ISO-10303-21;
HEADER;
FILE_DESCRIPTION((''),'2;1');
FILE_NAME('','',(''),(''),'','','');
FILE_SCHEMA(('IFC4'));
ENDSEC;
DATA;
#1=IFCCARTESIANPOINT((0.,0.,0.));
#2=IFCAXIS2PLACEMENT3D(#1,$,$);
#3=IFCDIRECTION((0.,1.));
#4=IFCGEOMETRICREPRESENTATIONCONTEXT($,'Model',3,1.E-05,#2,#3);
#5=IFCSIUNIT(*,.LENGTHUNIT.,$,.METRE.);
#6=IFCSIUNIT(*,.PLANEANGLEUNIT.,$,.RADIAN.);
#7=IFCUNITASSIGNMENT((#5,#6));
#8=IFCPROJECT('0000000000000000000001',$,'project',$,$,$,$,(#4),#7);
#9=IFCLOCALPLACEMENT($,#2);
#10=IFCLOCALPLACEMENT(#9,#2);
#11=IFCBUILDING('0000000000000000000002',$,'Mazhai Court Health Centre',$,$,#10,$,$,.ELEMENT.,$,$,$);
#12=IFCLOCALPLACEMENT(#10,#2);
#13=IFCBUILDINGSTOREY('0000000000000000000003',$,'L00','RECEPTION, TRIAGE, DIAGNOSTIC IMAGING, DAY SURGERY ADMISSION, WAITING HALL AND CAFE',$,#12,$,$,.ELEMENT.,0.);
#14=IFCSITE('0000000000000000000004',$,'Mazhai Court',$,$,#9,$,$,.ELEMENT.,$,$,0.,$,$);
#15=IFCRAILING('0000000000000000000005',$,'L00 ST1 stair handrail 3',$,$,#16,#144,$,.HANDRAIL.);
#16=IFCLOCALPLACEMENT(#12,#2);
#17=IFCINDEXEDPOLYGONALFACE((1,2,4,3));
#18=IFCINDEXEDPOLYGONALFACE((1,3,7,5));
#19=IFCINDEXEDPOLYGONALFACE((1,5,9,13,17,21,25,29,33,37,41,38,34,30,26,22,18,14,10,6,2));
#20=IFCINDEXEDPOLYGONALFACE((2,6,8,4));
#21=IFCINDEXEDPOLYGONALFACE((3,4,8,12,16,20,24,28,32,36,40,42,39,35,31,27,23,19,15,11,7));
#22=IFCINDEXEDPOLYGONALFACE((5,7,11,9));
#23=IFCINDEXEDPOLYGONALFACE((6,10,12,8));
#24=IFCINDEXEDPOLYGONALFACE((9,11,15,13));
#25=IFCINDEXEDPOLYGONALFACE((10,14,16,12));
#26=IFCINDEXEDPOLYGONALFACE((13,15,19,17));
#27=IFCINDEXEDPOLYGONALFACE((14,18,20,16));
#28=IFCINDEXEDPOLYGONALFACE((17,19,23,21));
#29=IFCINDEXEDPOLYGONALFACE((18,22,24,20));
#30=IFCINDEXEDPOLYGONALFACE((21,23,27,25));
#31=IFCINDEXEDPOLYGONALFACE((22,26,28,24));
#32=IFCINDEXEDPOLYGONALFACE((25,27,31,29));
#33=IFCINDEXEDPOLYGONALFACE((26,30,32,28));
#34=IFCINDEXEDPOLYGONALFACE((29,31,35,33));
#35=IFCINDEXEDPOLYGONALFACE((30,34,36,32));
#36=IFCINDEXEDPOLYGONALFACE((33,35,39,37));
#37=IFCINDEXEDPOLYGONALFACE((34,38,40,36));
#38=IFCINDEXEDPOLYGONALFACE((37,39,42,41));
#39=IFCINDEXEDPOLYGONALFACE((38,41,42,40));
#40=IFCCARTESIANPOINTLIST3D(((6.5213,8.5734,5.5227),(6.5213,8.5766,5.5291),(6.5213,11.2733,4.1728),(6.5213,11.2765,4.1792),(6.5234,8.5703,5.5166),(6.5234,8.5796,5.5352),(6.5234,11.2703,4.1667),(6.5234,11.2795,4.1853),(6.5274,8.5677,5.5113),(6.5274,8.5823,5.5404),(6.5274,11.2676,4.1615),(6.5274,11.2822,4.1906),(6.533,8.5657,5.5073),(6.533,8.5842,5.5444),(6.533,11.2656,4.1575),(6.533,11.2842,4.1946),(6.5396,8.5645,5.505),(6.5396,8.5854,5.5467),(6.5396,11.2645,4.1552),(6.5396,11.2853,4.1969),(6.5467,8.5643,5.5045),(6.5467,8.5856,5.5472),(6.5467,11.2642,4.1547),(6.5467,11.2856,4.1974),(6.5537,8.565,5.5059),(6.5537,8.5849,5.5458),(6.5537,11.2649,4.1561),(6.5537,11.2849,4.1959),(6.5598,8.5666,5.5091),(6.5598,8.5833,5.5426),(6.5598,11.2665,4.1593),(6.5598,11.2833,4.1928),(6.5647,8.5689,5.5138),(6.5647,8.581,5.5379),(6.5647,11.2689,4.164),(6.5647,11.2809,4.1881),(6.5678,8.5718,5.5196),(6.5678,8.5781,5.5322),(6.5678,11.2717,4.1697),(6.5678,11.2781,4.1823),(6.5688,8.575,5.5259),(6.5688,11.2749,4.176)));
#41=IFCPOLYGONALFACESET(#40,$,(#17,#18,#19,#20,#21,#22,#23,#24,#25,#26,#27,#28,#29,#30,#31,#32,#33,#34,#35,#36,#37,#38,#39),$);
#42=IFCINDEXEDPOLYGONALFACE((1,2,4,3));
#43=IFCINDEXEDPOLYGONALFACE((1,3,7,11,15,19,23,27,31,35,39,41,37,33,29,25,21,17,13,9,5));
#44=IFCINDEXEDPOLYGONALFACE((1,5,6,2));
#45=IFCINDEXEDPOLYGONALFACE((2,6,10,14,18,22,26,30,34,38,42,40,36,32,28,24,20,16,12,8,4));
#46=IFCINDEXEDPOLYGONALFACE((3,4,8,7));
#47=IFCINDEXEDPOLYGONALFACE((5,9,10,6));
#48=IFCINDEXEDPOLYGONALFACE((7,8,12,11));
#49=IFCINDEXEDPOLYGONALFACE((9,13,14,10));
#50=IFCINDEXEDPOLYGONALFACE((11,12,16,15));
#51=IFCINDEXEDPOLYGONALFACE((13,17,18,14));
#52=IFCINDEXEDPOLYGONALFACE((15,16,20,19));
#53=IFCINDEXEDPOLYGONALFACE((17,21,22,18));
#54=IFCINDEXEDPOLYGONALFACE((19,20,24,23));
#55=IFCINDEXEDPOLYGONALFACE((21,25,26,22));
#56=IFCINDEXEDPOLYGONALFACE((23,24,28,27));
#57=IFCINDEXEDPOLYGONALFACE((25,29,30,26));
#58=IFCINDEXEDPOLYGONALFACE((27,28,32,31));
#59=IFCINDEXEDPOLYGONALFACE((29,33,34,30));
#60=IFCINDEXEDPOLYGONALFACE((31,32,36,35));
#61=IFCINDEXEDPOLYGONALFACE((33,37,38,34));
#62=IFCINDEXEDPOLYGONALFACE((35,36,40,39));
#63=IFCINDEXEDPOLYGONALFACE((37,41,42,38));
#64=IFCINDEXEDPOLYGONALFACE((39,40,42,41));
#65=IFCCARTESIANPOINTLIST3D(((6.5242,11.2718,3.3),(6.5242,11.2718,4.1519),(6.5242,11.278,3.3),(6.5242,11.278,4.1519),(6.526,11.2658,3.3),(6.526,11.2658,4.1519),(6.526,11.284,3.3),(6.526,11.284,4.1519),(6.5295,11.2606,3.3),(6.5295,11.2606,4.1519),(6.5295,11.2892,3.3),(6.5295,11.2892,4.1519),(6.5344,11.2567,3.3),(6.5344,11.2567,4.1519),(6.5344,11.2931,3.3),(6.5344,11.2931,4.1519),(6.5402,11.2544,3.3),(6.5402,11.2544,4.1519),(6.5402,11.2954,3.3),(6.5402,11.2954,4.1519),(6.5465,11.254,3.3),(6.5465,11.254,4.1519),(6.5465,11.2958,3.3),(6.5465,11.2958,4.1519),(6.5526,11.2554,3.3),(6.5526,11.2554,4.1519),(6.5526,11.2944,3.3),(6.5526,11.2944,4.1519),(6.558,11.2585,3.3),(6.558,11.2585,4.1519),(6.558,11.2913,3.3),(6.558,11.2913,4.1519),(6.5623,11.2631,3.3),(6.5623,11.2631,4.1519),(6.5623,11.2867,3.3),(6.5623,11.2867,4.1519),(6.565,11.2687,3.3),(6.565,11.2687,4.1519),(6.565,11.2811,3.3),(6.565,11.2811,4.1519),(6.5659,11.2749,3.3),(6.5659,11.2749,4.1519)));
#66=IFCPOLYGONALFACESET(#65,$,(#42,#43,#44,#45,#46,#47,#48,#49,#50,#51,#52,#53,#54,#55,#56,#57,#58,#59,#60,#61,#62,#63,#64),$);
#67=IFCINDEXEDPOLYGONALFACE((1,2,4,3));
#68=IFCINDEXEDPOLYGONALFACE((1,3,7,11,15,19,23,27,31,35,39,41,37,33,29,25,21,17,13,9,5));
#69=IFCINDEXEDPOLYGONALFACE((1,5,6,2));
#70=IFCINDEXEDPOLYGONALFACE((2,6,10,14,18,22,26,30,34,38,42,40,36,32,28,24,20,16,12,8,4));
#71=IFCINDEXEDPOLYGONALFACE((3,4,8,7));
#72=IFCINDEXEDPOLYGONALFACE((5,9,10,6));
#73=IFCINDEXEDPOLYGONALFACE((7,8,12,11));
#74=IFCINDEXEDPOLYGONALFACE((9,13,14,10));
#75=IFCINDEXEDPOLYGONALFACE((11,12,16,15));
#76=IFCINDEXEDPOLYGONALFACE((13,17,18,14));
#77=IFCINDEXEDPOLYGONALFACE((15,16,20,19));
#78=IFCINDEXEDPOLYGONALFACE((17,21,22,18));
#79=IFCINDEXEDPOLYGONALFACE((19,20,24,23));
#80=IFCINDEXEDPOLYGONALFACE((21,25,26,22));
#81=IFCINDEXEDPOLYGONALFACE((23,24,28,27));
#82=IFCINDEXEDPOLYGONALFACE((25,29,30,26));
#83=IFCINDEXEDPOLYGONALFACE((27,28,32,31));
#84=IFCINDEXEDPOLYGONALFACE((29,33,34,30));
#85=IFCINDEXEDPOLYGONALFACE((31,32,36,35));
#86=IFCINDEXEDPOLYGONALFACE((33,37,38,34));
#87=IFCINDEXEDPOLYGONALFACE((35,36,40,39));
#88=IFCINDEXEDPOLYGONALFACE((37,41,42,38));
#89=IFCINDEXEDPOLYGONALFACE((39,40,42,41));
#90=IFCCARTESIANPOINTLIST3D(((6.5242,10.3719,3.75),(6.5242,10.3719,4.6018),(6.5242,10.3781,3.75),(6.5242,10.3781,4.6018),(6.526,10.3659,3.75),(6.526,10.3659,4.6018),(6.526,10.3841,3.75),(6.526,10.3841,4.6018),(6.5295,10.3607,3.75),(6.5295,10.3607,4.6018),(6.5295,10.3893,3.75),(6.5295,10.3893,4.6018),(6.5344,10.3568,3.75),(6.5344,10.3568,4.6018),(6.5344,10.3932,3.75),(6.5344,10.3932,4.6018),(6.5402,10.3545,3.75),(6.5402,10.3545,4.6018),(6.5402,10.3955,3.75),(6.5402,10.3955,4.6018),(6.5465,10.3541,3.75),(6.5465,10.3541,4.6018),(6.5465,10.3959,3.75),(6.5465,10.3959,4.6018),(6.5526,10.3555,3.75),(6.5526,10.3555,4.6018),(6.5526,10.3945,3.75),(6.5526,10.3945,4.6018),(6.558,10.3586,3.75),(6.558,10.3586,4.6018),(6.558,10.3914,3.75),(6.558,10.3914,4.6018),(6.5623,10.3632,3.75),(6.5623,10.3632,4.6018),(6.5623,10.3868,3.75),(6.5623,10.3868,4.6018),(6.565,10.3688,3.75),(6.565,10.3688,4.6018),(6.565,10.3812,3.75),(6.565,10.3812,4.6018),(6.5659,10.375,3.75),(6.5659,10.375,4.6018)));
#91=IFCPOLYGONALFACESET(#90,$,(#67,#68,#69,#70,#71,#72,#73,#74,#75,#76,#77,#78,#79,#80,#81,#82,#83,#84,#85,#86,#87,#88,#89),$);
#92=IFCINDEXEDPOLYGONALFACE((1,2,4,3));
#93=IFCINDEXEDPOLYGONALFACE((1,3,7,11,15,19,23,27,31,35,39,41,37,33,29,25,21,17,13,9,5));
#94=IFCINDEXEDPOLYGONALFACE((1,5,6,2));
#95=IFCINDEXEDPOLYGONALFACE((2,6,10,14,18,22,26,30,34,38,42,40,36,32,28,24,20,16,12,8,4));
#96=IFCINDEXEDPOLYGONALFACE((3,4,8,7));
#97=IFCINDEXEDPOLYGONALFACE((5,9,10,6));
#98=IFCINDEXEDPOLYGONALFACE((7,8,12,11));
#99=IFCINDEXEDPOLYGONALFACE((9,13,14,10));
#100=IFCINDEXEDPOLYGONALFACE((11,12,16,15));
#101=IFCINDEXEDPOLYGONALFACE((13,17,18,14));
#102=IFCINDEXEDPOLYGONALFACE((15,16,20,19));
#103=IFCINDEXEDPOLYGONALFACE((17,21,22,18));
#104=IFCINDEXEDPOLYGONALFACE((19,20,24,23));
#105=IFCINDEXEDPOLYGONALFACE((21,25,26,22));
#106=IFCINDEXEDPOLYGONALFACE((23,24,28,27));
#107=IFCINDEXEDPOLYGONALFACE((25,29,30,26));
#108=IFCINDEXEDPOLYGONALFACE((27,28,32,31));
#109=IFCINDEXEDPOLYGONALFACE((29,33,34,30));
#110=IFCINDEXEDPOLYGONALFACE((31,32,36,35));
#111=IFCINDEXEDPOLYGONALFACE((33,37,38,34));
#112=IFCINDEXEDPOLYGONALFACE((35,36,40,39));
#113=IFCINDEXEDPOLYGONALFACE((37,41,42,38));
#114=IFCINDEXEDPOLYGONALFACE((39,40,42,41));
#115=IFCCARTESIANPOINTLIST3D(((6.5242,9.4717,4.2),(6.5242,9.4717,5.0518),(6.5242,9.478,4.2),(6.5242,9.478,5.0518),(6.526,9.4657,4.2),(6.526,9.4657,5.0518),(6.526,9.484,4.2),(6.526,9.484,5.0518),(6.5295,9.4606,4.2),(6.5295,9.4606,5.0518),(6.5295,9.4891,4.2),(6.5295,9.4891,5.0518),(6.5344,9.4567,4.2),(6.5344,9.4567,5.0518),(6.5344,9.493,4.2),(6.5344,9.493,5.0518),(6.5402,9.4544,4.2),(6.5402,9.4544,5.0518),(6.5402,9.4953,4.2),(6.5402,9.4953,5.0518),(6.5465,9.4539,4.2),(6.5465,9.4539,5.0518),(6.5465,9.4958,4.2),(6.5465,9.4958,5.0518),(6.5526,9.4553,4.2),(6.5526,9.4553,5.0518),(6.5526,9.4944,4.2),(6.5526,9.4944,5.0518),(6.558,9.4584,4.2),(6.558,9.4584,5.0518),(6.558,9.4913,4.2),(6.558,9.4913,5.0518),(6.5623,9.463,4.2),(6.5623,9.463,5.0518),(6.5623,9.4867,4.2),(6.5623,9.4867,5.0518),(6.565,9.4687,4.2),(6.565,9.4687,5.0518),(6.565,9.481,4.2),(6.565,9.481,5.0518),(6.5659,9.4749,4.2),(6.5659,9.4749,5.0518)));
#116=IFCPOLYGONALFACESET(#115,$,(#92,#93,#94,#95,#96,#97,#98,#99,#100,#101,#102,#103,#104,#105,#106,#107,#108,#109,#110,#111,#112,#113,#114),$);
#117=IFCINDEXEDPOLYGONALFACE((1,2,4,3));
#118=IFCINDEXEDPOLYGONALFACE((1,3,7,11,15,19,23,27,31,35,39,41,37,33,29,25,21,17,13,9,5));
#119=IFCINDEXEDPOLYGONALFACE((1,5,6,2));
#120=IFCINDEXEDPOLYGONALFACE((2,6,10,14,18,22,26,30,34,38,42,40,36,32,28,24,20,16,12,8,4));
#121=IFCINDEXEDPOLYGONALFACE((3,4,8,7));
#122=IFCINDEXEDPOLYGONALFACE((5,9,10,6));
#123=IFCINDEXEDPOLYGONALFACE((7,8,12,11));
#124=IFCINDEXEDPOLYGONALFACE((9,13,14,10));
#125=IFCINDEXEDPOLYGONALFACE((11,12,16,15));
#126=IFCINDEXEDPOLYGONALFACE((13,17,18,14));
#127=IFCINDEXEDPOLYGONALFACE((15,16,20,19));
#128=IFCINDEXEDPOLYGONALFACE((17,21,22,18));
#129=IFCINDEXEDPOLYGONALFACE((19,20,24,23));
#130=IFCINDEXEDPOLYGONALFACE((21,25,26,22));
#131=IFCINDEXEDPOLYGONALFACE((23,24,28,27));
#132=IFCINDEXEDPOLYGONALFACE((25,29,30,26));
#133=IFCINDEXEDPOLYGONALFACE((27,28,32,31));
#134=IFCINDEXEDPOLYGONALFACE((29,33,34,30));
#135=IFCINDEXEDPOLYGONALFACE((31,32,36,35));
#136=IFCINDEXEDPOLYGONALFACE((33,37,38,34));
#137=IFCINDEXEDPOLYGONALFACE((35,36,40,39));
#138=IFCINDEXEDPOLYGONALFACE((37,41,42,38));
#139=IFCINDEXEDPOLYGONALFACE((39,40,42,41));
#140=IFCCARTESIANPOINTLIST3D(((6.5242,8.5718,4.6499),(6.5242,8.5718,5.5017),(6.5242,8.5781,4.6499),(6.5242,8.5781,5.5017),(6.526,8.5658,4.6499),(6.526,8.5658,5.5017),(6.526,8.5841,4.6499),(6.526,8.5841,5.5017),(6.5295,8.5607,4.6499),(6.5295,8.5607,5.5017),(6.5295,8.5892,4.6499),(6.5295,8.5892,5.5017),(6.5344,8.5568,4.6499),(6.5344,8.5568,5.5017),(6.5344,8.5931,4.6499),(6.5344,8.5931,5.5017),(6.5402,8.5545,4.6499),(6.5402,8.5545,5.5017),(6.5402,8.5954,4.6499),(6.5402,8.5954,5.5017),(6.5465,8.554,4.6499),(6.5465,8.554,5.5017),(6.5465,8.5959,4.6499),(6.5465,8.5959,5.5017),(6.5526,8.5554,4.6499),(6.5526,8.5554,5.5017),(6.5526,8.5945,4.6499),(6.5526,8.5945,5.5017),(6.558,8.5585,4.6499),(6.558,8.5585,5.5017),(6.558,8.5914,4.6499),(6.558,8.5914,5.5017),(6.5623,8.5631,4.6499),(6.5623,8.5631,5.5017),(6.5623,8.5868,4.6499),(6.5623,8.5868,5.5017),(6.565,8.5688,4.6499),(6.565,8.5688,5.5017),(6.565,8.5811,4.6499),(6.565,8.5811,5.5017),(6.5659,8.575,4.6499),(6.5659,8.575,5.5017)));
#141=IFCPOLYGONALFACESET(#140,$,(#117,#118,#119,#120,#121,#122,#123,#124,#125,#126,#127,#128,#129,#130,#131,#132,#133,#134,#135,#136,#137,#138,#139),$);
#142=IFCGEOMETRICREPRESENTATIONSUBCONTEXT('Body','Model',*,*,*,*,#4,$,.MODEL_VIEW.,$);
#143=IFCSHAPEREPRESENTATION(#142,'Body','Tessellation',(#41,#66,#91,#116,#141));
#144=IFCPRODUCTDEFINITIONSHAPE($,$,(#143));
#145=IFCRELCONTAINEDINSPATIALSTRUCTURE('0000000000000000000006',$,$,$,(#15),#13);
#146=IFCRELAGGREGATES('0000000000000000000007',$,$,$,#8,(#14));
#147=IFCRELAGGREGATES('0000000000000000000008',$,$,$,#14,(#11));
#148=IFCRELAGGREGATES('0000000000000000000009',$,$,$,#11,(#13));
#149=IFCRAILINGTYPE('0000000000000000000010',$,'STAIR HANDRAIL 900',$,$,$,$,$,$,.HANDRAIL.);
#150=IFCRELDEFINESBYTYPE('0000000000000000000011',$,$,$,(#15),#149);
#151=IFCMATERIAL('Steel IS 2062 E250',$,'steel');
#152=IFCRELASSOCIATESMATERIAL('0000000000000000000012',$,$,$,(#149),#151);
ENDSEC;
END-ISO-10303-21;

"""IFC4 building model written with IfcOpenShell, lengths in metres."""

from ifc_helpers import new_model, si_unit, direction, frame, origin, origin_2d, place, context, subcontext, project, spatial, circle, extrude, material, type_object, element, save


model = new_model("IFC4")

# Units and contexts
model_context = context("Model", 3, precision=1e-05, world=origin(), true_north=direction((0.0, 1.0)))
body_context = subcontext(model_context, "Body", "Model", "MODEL_VIEW")
ifc_project = project(units=[si_unit("LENGTHUNIT", "METRE"), si_unit("PLANEANGLEUNIT", "RADIAN")], contexts=[model_context])

# Site, building, storey
site_placement = place(None, origin())
site = spatial("IfcSite", under=ifc_project, at=site_placement, Name="Mazhai Court", CompositionType="ELEMENT", RefElevation=0.0)
building_placement = place(site_placement, origin())
building = spatial("IfcBuilding", under=site, at=building_placement, Name="Mazhai Court Health Centre", CompositionType="ELEMENT")
storey_placement = place(building_placement, origin())
storey = spatial("IfcBuildingStorey", under=building, at=storey_placement, Name="L00", Description="RECEPTION, TRIAGE, DIAGNOSTIC IMAGING, DAY SURGERY ADMISSION, WAITING HALL AND CAFE", CompositionType="ELEMENT", Elevation=0.0)

# Railing
ifc_material_1 = material(Name="Steel IS 2062 E250", Category="steel")
railing_type_1 = type_object("IfcRailingType", Name="STAIR HANDRAIL 900", PredefinedType="HANDRAIL", material=ifc_material_1)
railing_1_placement = place(storey_placement, frame((6.5449, 11.2749, 3.3)))
element("IfcRailing", 1, at=railing_1_placement, inside=storey, type_object=railing_type_1, Name="L00 ST1 stair handrail 3", PredefinedType="HANDRAIL", context=body_context, shape_type="SweptSolid", body=[
    extrude(circle(Radius=0.0239, at=origin_2d()), frame((0.0, 0.0, 0.876), z_axis=(0.0, -0.894443, 0.447181), x_axis=(1.0, 0.0, 0.0)), (0.0, 0.0, 1.0), 3.0186),
    extrude(circle(Radius=0.021, at=origin_2d()), origin(), (0.0, 0.0, 1.0), 0.8518),
    extrude(circle(Radius=0.021, at=origin_2d()), frame((0.0, -0.8999, 0.45)), (0.0, 0.0, 1.0), 0.8518),
    extrude(circle(Radius=0.021, at=origin_2d()), frame((0.0, -1.8, 0.8999)), (0.0, 0.0, 1.0), 0.8518),
    extrude(circle(Radius=0.021, at=origin_2d()), frame((0.0, -2.7, 1.3499)), (0.0, 0.0, 1.0), 0.8518),
])

save(model, "model.ifc")
